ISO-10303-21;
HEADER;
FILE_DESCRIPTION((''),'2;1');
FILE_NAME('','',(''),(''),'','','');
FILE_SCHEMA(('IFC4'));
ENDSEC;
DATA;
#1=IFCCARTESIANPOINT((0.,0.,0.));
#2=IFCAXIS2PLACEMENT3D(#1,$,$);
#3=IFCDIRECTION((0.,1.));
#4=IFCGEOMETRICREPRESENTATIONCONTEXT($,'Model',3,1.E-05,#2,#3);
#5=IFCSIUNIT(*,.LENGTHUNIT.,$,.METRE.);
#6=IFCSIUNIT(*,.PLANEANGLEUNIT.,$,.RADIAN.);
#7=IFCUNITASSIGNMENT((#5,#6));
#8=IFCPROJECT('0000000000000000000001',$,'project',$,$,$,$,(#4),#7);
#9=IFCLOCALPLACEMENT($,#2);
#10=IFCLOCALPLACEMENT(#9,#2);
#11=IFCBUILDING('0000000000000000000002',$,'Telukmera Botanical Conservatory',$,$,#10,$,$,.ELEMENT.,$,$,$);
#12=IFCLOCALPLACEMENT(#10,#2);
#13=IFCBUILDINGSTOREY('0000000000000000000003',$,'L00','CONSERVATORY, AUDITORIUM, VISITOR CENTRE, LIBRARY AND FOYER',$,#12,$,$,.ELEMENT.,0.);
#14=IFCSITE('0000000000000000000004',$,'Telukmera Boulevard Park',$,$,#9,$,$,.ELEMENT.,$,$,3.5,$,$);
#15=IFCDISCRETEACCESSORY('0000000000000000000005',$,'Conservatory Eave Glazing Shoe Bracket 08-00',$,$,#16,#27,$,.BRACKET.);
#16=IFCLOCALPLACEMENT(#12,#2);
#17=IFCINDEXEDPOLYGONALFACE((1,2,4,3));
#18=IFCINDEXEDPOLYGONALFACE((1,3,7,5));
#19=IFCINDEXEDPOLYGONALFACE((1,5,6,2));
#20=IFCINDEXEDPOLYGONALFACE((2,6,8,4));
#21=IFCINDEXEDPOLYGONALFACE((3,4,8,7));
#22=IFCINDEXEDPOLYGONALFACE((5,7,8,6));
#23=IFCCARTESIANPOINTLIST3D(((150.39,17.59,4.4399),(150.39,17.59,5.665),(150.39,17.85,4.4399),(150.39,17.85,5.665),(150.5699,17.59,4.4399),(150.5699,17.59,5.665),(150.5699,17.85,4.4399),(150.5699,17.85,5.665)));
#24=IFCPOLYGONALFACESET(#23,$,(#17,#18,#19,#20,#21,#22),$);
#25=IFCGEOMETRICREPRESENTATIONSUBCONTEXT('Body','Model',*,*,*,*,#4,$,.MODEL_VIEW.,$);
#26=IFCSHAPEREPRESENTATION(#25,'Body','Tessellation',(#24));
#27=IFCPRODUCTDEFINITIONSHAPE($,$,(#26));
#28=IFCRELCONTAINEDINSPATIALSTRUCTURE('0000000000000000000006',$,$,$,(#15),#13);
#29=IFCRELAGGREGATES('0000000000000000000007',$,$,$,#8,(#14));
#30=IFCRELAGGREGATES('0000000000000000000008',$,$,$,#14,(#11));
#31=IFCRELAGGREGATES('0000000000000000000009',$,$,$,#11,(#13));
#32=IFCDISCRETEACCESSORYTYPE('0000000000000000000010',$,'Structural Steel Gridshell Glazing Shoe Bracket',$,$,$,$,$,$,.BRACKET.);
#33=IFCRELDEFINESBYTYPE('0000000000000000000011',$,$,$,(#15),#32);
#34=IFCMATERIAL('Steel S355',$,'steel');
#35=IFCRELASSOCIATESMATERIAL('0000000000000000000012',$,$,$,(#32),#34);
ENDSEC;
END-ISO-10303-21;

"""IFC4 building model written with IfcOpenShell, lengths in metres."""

from ifc_helpers import new_model, si_unit, direction, frame, origin, origin_2d, place, context, subcontext, project, spatial, rectangle, extrude, material, type_object, element, save


model = new_model("IFC4")

# Units and contexts
model_context = context("Model", 3, precision=1e-05, world=origin(), true_north=direction((0.0, 1.0)))
body_context = subcontext(model_context, "Body", "Model", "MODEL_VIEW")
ifc_project = project(units=[si_unit("LENGTHUNIT", "METRE"), si_unit("PLANEANGLEUNIT", "RADIAN")], contexts=[model_context])

# Site, building, storey
site_placement = place(None, origin())
site = spatial("IfcSite", under=ifc_project, at=site_placement, Name="Telukmera Boulevard Park", CompositionType="ELEMENT", RefElevation=3.5)
building_placement = place(site_placement, origin())
building = spatial("IfcBuilding", under=site, at=building_placement, Name="Telukmera Botanical Conservatory", CompositionType="ELEMENT")
storey_placement = place(building_placement, origin())
storey = spatial("IfcBuildingStorey", under=building, at=storey_placement, Name="L00", Description="CONSERVATORY, AUDITORIUM, VISITOR CENTRE, LIBRARY AND FOYER", CompositionType="ELEMENT", Elevation=0.0)

# Shared definitions
ifc_material_1 = material(Name="Steel S355", Category="steel")

# Discrete accessory
discrete_accessory_type = type_object("IfcDiscreteAccessoryType", Name="Structural Steel Gridshell Glazing Shoe Bracket", PredefinedType="BRACKET", material=ifc_material_1)
for number, where, z_axis, x_axis, name in (
    (1, (150.48, 17.72, 4.4399), (0.0, 0.0, 1.0), (1.0, 0.0, 0.0), "Conservatory Eave Glazing Shoe Bracket 08-00"),
):
    element("IfcDiscreteAccessory", number, at=place(storey_placement, frame(where, z_axis=z_axis, x_axis=x_axis)), inside=storey, type_object=discrete_accessory_type, Name=name, PredefinedType="BRACKET", context=body_context, shape_type="SweptSolid", body=[
        extrude(rectangle(XDim=0.1799, YDim=0.26, at=origin_2d()), origin(), (0.0, 0.0, 1.0), 1.2251),
    ])

save(model, "model.ifc")
